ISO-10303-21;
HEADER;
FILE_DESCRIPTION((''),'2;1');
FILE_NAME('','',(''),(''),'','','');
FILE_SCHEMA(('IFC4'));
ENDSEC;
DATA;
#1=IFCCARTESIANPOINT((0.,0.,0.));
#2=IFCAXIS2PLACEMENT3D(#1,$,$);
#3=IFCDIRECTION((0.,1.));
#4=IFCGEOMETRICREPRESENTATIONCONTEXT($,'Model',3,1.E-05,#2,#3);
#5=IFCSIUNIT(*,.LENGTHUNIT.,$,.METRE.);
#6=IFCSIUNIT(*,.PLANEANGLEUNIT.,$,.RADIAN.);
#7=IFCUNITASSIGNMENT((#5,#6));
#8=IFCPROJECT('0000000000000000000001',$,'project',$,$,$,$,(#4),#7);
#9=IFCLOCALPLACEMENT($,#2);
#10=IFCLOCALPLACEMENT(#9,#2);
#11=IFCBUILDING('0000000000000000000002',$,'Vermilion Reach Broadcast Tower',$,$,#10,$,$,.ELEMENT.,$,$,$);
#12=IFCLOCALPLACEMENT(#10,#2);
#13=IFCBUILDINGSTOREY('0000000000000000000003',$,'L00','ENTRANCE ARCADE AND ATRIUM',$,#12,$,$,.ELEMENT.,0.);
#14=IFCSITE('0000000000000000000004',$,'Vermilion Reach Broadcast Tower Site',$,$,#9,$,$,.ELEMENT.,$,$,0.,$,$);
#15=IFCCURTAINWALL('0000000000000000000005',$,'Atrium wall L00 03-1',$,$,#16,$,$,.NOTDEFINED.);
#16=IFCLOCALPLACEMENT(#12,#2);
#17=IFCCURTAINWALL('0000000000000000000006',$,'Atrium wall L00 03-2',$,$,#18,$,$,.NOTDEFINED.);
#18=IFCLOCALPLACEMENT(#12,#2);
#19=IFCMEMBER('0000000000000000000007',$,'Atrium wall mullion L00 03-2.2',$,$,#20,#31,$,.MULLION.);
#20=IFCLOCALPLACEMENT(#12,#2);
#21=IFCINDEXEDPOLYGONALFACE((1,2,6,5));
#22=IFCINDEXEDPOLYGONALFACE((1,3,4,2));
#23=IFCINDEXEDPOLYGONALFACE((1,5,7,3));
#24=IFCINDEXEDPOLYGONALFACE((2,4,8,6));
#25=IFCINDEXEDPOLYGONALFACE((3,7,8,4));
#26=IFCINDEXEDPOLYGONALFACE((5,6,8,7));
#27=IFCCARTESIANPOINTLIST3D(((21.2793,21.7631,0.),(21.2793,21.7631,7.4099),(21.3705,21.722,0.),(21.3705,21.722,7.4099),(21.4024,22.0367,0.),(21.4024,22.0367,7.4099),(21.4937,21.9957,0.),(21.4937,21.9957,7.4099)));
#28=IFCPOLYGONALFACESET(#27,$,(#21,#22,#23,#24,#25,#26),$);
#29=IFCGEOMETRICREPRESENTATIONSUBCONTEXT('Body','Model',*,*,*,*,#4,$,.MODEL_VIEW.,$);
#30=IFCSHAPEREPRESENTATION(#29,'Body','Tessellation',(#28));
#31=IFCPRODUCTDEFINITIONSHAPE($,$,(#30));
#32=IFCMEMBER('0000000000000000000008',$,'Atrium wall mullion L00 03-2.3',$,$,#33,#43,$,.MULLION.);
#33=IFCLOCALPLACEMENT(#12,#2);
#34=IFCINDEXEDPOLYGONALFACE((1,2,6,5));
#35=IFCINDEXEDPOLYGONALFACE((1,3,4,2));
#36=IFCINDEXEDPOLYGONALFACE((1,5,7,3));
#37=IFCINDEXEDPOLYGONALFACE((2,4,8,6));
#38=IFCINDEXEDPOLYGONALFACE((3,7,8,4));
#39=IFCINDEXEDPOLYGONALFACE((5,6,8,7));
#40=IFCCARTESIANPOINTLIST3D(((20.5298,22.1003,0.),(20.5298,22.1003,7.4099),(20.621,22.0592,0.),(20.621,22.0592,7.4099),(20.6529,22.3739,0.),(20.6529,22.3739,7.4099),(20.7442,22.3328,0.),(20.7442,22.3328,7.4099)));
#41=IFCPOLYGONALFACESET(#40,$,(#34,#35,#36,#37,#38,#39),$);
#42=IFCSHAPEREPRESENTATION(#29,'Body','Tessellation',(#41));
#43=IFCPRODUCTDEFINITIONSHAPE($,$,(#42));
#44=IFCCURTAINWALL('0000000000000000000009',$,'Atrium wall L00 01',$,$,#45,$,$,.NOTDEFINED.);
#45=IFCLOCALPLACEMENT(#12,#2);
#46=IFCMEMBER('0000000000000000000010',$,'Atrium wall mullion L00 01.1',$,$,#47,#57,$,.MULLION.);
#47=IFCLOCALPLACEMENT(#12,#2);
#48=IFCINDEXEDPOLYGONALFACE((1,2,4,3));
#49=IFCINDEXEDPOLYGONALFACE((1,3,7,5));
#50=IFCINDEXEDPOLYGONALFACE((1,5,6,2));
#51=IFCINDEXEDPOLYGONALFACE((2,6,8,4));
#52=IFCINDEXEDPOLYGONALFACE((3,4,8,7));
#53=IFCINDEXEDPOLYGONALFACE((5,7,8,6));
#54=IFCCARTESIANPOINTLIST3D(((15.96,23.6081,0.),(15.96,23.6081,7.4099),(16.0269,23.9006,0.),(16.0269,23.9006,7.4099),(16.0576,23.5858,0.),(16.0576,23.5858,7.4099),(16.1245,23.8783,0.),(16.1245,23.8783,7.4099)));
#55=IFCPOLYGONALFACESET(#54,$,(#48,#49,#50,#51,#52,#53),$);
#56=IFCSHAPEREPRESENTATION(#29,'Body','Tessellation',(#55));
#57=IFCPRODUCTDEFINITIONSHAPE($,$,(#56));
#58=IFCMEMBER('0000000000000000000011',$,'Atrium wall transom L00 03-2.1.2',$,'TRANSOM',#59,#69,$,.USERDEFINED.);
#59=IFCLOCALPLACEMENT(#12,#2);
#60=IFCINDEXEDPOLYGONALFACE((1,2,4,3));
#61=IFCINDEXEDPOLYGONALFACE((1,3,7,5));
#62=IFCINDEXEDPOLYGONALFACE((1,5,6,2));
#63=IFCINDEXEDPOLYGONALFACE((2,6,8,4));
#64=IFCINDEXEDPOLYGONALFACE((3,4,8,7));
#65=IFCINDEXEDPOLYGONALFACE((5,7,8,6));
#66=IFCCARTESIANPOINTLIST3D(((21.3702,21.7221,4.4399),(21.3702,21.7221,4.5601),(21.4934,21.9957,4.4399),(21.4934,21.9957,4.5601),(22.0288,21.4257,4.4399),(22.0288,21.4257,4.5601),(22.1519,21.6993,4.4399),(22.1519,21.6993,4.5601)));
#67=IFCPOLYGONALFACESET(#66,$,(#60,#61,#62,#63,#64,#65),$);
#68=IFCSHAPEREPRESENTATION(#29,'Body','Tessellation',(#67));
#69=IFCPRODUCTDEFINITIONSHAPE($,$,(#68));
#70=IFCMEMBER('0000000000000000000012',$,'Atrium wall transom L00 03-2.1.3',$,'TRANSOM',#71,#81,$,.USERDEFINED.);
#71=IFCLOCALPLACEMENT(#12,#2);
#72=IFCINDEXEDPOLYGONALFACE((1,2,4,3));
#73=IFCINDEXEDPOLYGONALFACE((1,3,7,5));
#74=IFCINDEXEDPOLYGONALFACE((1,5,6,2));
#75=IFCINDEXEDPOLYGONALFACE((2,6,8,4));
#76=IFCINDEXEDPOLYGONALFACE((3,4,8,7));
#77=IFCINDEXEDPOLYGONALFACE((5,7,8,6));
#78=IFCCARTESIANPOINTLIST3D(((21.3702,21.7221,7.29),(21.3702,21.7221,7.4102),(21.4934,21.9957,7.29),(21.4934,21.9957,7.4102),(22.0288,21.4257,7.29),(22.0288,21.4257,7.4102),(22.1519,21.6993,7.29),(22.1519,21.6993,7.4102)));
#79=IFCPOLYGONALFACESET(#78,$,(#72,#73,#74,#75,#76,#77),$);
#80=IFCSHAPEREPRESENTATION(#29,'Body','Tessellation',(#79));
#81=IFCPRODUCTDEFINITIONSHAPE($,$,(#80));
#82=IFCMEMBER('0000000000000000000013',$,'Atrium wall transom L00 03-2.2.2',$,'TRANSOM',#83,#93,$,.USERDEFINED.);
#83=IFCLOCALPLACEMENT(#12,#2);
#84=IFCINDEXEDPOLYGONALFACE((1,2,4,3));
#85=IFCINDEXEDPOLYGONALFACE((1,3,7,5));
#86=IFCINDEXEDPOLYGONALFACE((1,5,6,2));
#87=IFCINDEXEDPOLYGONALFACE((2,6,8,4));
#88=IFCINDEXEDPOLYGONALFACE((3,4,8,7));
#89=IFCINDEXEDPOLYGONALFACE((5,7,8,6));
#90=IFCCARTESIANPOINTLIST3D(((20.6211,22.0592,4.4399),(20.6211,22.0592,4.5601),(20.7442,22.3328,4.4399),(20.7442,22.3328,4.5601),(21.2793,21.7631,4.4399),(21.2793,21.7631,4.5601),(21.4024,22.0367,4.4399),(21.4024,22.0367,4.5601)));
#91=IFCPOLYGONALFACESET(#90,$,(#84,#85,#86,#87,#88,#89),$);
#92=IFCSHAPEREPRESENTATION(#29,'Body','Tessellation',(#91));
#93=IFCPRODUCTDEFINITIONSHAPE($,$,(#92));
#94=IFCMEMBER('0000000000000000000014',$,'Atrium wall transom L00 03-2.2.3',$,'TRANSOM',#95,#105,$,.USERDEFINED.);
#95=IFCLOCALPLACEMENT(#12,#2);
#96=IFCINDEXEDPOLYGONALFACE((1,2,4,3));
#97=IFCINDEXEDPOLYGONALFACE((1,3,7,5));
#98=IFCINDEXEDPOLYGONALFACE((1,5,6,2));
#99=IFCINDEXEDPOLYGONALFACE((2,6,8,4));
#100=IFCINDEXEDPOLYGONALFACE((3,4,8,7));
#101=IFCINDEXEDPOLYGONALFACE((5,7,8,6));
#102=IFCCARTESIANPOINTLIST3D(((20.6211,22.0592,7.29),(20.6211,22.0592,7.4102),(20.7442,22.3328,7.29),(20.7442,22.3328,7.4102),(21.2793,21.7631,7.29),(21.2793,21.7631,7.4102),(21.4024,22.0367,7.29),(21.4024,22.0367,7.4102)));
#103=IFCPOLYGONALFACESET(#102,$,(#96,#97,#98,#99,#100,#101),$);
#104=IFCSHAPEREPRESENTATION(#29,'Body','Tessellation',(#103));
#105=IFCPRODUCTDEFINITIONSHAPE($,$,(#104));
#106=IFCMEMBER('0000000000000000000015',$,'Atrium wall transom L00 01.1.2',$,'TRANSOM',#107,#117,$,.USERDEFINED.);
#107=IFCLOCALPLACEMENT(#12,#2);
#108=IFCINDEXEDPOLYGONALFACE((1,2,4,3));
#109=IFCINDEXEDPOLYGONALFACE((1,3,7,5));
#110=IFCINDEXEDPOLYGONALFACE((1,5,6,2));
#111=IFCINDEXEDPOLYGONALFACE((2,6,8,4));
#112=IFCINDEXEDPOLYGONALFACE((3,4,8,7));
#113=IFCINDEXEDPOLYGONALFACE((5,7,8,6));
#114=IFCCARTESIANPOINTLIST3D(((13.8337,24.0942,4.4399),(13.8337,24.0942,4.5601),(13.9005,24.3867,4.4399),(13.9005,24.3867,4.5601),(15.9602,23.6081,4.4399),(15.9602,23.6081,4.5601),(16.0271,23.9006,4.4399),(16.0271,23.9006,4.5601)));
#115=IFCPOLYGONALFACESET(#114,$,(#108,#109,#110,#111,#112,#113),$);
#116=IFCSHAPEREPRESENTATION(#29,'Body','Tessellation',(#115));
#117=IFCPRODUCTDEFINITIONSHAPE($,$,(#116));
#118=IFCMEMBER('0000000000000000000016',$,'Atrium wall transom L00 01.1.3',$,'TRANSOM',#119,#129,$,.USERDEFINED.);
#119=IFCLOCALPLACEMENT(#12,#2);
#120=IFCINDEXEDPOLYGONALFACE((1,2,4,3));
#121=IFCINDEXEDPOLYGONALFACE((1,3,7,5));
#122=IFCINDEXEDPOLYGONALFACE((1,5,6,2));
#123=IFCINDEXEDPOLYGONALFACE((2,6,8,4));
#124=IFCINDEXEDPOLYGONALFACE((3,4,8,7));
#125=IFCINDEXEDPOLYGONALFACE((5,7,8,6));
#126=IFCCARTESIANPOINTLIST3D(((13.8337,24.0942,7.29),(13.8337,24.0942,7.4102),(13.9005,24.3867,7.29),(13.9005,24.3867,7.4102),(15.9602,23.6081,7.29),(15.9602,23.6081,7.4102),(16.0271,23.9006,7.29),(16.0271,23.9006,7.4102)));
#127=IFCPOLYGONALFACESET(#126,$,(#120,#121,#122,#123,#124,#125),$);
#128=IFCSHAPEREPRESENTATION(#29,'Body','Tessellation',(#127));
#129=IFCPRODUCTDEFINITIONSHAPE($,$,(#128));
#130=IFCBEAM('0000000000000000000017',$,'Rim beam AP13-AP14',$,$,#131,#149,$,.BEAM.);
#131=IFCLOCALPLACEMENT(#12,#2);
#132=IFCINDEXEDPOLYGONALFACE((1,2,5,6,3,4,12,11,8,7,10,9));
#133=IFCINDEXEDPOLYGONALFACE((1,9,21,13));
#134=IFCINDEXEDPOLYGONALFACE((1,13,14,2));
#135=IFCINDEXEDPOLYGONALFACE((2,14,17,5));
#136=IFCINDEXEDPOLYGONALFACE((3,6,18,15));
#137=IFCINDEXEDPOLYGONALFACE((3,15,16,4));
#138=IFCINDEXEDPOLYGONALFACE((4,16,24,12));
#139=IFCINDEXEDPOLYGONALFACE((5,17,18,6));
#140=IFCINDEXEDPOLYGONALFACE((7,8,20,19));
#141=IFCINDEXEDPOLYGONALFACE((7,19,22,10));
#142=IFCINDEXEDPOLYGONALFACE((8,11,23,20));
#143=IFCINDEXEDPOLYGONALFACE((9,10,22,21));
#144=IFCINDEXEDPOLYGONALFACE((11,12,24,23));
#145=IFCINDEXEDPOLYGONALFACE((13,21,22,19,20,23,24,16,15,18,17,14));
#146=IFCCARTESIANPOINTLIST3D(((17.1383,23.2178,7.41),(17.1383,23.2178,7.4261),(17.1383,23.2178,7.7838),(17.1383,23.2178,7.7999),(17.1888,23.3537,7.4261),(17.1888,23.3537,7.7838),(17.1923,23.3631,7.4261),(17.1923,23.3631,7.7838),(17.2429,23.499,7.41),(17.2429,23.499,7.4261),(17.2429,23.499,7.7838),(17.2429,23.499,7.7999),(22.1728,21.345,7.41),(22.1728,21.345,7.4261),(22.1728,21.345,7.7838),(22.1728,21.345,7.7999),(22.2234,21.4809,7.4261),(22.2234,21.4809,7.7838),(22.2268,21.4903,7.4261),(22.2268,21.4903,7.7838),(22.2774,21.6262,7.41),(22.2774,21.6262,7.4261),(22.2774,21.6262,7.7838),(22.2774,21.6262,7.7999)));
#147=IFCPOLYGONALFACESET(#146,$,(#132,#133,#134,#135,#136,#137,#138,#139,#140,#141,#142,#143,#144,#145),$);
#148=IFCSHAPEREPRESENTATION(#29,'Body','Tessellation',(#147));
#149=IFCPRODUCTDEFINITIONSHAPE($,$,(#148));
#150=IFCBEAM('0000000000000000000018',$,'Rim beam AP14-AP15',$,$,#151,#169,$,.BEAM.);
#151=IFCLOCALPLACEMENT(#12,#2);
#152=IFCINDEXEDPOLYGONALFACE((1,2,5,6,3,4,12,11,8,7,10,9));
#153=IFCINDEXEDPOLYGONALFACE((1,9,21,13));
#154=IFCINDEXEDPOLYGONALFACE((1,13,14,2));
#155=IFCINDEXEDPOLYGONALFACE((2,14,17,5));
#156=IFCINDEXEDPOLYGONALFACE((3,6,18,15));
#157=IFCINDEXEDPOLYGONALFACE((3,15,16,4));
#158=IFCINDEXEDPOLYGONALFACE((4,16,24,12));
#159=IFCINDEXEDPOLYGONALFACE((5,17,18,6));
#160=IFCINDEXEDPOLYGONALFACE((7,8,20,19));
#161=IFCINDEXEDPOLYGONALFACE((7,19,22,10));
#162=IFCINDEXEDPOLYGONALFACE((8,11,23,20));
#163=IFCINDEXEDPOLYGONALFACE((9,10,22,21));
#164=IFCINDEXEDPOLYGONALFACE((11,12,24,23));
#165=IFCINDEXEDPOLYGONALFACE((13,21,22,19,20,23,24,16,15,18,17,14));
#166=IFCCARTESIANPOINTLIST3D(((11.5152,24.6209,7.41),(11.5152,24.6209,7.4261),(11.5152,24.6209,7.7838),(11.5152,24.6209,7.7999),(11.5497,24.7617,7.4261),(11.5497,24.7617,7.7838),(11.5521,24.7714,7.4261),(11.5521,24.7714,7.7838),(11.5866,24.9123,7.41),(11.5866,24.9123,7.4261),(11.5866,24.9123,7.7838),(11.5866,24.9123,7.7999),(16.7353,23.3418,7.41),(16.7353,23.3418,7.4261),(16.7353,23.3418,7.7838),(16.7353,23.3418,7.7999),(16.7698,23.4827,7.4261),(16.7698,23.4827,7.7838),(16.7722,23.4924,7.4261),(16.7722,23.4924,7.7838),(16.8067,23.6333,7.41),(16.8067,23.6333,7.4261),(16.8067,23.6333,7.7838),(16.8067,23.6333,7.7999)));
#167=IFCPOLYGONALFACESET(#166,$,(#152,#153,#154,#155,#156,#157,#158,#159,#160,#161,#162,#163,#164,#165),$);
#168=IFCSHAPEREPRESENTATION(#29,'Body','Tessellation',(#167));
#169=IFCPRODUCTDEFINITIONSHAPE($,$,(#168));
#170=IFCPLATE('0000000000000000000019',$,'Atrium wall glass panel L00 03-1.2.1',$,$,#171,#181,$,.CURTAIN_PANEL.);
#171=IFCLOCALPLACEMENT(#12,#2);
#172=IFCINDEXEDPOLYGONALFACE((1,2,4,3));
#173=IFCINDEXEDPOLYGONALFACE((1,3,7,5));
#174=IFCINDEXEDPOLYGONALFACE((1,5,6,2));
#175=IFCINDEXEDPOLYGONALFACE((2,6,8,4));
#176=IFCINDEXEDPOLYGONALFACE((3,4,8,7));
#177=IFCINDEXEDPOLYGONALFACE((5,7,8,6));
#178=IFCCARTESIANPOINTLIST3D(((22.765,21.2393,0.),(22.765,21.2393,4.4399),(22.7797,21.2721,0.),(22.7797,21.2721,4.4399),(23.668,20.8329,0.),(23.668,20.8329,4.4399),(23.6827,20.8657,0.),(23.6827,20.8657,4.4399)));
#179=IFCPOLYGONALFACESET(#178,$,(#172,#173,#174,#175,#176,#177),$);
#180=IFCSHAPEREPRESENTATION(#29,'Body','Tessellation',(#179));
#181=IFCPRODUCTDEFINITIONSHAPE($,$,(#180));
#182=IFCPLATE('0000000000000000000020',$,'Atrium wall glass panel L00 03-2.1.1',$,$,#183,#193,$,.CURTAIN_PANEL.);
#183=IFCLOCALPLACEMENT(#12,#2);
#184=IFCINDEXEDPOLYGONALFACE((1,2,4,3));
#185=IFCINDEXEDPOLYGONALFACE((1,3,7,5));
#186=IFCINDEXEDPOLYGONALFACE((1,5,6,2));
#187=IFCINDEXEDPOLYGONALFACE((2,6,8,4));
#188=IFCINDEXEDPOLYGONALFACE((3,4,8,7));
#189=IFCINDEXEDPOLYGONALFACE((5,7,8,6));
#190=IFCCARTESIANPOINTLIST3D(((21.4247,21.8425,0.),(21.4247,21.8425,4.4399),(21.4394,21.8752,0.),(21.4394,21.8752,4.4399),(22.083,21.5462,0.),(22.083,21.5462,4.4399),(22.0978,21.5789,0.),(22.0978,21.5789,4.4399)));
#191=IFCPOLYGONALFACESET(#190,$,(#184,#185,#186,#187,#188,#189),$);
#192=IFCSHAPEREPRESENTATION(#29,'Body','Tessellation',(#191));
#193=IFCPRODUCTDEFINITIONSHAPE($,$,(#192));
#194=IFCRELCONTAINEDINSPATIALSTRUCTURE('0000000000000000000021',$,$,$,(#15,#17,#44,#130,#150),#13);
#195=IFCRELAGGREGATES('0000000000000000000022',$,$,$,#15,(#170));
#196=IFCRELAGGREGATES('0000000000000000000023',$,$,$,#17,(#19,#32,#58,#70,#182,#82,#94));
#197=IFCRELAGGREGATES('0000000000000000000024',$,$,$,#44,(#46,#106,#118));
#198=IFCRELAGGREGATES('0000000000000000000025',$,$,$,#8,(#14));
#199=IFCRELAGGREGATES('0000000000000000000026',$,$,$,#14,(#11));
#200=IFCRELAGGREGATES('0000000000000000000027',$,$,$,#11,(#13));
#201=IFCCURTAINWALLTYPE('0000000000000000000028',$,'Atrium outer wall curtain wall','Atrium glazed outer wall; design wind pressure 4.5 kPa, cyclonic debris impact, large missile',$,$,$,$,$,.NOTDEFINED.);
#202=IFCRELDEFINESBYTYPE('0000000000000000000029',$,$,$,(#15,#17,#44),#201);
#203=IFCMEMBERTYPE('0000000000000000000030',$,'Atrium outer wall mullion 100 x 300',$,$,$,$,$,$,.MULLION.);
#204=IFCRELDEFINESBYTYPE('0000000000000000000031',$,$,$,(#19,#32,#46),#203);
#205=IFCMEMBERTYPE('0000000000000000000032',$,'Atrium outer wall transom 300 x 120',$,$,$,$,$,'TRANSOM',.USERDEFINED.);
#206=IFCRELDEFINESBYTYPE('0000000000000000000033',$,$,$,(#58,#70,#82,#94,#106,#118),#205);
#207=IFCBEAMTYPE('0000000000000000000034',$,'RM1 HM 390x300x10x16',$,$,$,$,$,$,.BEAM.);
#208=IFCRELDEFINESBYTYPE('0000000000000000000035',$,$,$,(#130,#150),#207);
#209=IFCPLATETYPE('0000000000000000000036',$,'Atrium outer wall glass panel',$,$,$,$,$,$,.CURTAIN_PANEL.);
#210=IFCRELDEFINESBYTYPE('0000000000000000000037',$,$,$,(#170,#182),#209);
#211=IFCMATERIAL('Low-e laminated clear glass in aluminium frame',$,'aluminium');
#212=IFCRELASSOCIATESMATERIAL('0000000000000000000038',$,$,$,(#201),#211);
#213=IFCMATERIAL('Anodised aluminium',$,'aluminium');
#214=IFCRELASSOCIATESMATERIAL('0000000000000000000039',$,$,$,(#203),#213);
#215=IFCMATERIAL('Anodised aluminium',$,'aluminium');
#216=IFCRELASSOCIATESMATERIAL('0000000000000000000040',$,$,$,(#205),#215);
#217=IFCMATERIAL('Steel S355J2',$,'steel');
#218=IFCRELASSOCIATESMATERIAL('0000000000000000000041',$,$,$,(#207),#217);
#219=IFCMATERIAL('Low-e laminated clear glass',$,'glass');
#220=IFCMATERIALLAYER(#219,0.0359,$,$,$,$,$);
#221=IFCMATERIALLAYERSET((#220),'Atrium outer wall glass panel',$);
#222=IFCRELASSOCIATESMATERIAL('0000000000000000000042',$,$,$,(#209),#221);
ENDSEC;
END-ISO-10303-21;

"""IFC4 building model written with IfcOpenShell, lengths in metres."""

from ifc_helpers import new_model, si_unit, direction, frame, origin, origin_2d, place, context, subcontext, project, spatial, rectangle, i_section, extrude, material, layer, layer_set, material_profile, profile_set, type_object, element, aggregate, save


model = new_model("IFC4")

# Units and contexts
model_context = context("Model", 3, precision=1e-05, world=origin(), true_north=direction((0.0, 1.0)))
body_context = subcontext(model_context, "Body", "Model", "MODEL_VIEW")
ifc_project = project(units=[si_unit("LENGTHUNIT", "METRE"), si_unit("PLANEANGLEUNIT", "RADIAN")], contexts=[model_context])

# Site, building, storey
site_placement = place(None, origin())
site = spatial("IfcSite", under=ifc_project, at=site_placement, Name="Vermilion Reach Broadcast Tower Site", CompositionType="ELEMENT", RefElevation=0.0)
building_placement = place(site_placement, origin())
building = spatial("IfcBuilding", under=site, at=building_placement, Name="Vermilion Reach Broadcast Tower", CompositionType="ELEMENT")
storey_placement = place(building_placement, origin())
storey = spatial("IfcBuildingStorey", under=building, at=storey_placement, Name="L00", Description="ENTRANCE ARCADE AND ATRIUM", CompositionType="ELEMENT", Elevation=0.0)

# Curtain wall
ifc_material_1 = material(Name="Low-e laminated clear glass in aluminium frame", Category="aluminium")
curtain_wall_type = type_object("IfcCurtainWallType", Name="Atrium outer wall curtain wall", Description="Atrium glazed outer wall; design wind pressure 4.5 kPa, cyclonic debris impact, large missile", PredefinedType="NOTDEFINED", material=ifc_material_1)
placement = place(storey_placement, origin())
curtain_wall_1 = element("IfcCurtainWall", 1, at=placement, inside=storey, type_object=curtain_wall_type, Name="Atrium wall L00 03-1", PredefinedType="NOTDEFINED")
ifc_material_2 = material(Name="Anodised aluminium", Category="aluminium")
ifc_material_profile_1 = material_profile(ifc_material_2, rectangle(XDim=0.3, YDim=0.1001, at=origin_2d()), Name="Atrium outer wall mullion 100 x 300")
ifc_profile_set_1 = profile_set([ifc_material_profile_1], Name="Anodised aluminium")
member_type_1 = type_object("IfcMemberType", Name="Atrium outer wall mullion 100 x 300", PredefinedType="MULLION", material=ifc_profile_set_1)

# Curtain wall, members
curtain_wall_2 = element("IfcCurtainWall", 2, at=placement, inside=storey, type_object=curtain_wall_type, Name="Atrium wall L00 03-2", PredefinedType="NOTDEFINED")
member_1_placement = place(storey_placement, frame((21.3865, 21.8794, 0.0), z_axis=(0.0, 0.0, 1.0), x_axis=(-0.410408, -0.911902, 0.0)))
member_1 = element("IfcMember", 3, at=member_1_placement, type_object=member_type_1, Name="Atrium wall mullion L00 03-2.2", PredefinedType="MULLION", context=body_context, shape_type="SweptSolid", body=[
    extrude(rectangle(XDim=0.3, YDim=0.1001, at=origin_2d()), origin(), (0.0, 0.0, 1.0), 7.4099),
])
member_2_placement = place(storey_placement, frame((20.637, 22.2166, 0.0), z_axis=(0.0, 0.0, 1.0), x_axis=(-0.410408, -0.911902, 0.0)))
member_2 = element("IfcMember", 4, at=member_2_placement, type_object=member_type_1, Name="Atrium wall mullion L00 03-2.3", PredefinedType="MULLION", context=body_context, shape_type="SweptSolid", body=[
    extrude(rectangle(XDim=0.3, YDim=0.1001, at=origin_2d()), origin(), (0.0, 0.0, 1.0), 7.4099),
])

# Curtain wall, member
curtain_wall_3 = element("IfcCurtainWall", 5, at=placement, inside=storey, type_object=curtain_wall_type, Name="Atrium wall L00 01", PredefinedType="NOTDEFINED")
member_3_placement = place(storey_placement, frame((16.0422, 23.7432, 0.0), z_axis=(0.0, 0.0, 1.0), x_axis=(-0.222892, -0.974843, 0.0)))
member_3 = element("IfcMember", 6, at=member_3_placement, type_object=member_type_1, Name="Atrium wall mullion L00 01.1", PredefinedType="MULLION", context=body_context, shape_type="SweptSolid", body=[
    extrude(rectangle(XDim=0.3, YDim=0.1001, at=origin_2d()), origin(), (0.0, 0.0, 1.0), 7.4099),
])

# Members
ifc_material_3 = material(Name="Anodised aluminium", Category="aluminium")
ifc_material_profile_2 = material_profile(ifc_material_3, rectangle(XDim=0.3, YDim=0.1201, at=origin_2d()), Name="Atrium outer wall transom 300 x 120")
ifc_profile_set_2 = profile_set([ifc_material_profile_2], Name="Anodised aluminium")
member_type_2 = type_object("IfcMemberType", Name="Atrium outer wall transom 300 x 120", ElementType="TRANSOM", PredefinedType="USERDEFINED", material=ifc_profile_set_2)
member_4_placement = place(storey_placement, frame((22.0903, 21.5625, 4.5), z_axis=(-0.911877, 0.410463, 0.0), x_axis=(-0.410463, -0.911877, 0.0)))
member_4 = element("IfcMember", 7, at=member_4_placement, type_object=member_type_2, Name="Atrium wall transom L00 03-2.1.2", ObjectType="TRANSOM", PredefinedType="USERDEFINED", context=body_context, shape_type="SweptSolid", body=[
    extrude(rectangle(XDim=0.3, YDim=0.1201, at=origin_2d()), origin(), (0.0, 0.0, 1.0), 0.7222),
])
member_5_placement = place(storey_placement, frame((22.0903, 21.5625, 7.3501), z_axis=(-0.911877, 0.410463, 0.0), x_axis=(-0.410463, -0.911877, 0.0)))
member_5 = element("IfcMember", 8, at=member_5_placement, type_object=member_type_2, Name="Atrium wall transom L00 03-2.1.3", ObjectType="TRANSOM", PredefinedType="USERDEFINED", context=body_context, shape_type="SweptSolid", body=[
    extrude(rectangle(XDim=0.3, YDim=0.1201, at=origin_2d()), origin(), (0.0, 0.0, 1.0), 0.7222),
])
member_6_placement = place(storey_placement, frame((21.3408, 21.8999, 4.5), z_axis=(-0.911947, 0.410308, 0.0), x_axis=(-0.410308, -0.911947, 0.0)))
member_6 = element("IfcMember", 9, at=member_6_placement, type_object=member_type_2, Name="Atrium wall transom L00 03-2.2.2", ObjectType="TRANSOM", PredefinedType="USERDEFINED", context=body_context, shape_type="SweptSolid", body=[
    extrude(rectangle(XDim=0.3, YDim=0.1201, at=origin_2d()), origin(), (0.0, 0.0, 1.0), 0.7217),
])
member_7_placement = place(storey_placement, frame((21.3408, 21.8999, 7.3501), z_axis=(-0.911947, 0.410308, 0.0), x_axis=(-0.410308, -0.911947, 0.0)))
member_7 = element("IfcMember", 10, at=member_7_placement, type_object=member_type_2, Name="Atrium wall transom L00 03-2.2.3", ObjectType="TRANSOM", PredefinedType="USERDEFINED", context=body_context, shape_type="SweptSolid", body=[
    extrude(rectangle(XDim=0.3, YDim=0.1201, at=origin_2d()), origin(), (0.0, 0.0, 1.0), 0.7217),
])
member_8_placement = place(storey_placement, frame((15.9937, 23.7544, 4.5), z_axis=(-0.974855, 0.22284, 0.0), x_axis=(-0.22284, -0.974855, 0.0)))
member_8 = element("IfcMember", 11, at=member_8_placement, type_object=member_type_2, Name="Atrium wall transom L00 01.1.2", ObjectType="TRANSOM", PredefinedType="USERDEFINED", context=body_context, shape_type="SweptSolid", body=[
    extrude(rectangle(XDim=0.3, YDim=0.1201, at=origin_2d()), origin(), (0.0, 0.0, 1.0), 2.1814),
])
member_9_placement = place(storey_placement, frame((15.9937, 23.7544, 7.3501), z_axis=(-0.974855, 0.22284, 0.0), x_axis=(-0.22284, -0.974855, 0.0)))
member_9 = element("IfcMember", 12, at=member_9_placement, type_object=member_type_2, Name="Atrium wall transom L00 01.1.3", ObjectType="TRANSOM", PredefinedType="USERDEFINED", context=body_context, shape_type="SweptSolid", body=[
    extrude(rectangle(XDim=0.3, YDim=0.1201, at=origin_2d()), origin(), (0.0, 0.0, 1.0), 2.1814),
])

# Beams
ifc_material_4 = material(Name="Steel S355J2", Category="steel")
ifc_material_profile_3 = material_profile(ifc_material_4, i_section(OverallWidth=0.3, OverallDepth=0.3899, WebThickness=0.01, FlangeThickness=0.0161, at=origin_2d()), Name="S355J2 HM 390x300x10x16")
ifc_profile_set_3 = profile_set([ifc_material_profile_3], Name="Steel S355J2")
beam_type = type_object("IfcBeamType", Name="RM1 HM 390x300x10x16", PredefinedType="BEAM", material=ifc_profile_set_3)
beam_1_placement = place(storey_placement, frame((22.2251, 21.4856, 7.605), z_axis=(-0.937251, 0.348657, 0.0), x_axis=(-0.348657, -0.937251, 0.0)))
element("IfcBeam", 13, at=beam_1_placement, inside=storey, type_object=beam_type, Name="Rim beam AP13-AP14", PredefinedType="BEAM", context=body_context, shape_type="SweptSolid", body=[
    extrude(i_section(OverallWidth=0.3, OverallDepth=0.3899, WebThickness=0.01, FlangeThickness=0.0161, at=origin_2d()), origin(), (0.0, 0.0, 1.0), 5.3716),
])
beam_2_placement = place(storey_placement, frame((16.771, 23.4875, 7.605), z_axis=(-0.97127, 0.23798, 0.0), x_axis=(-0.23798, -0.97127, 0.0)))
element("IfcBeam", 14, at=beam_2_placement, inside=storey, type_object=beam_type, Name="Rim beam AP14-AP15", PredefinedType="BEAM", context=body_context, shape_type="SweptSolid", body=[
    extrude(i_section(OverallWidth=0.3, OverallDepth=0.3899, WebThickness=0.01, FlangeThickness=0.0161, at=origin_2d()), origin(), (0.0, 0.0, 1.0), 5.3745),
])

# Plates
ifc_material_5 = material(Name="Low-e laminated clear glass", Category="glass")
ifc_layer_1 = layer(ifc_material_5, 0.0359)
ifc_layer_set_1 = layer_set([ifc_layer_1], Name="Atrium outer wall glass panel")
plate_type_1 = type_object("IfcPlateType", Name="Atrium outer wall glass panel", PredefinedType="CURTAIN_PANEL", material=ifc_layer_set_1)
plate_1_placement = place(storey_placement, frame((23.2239, 21.0525, 0.0), z_axis=(0.0, 0.0, 1.0), x_axis=(-0.911902, 0.410408, 0.0)))
plate_1 = element("IfcPlate", 15, at=plate_1_placement, type_object=plate_type_1, Name="Atrium wall glass panel L00 03-1.2.1", PredefinedType="CURTAIN_PANEL", context=body_context, shape_type="SweptSolid", body=[
    extrude(rectangle(XDim=0.9902, YDim=0.0359, at=origin_2d()), origin(), (0.0, 0.0, 1.0), 4.4399),
])
aggregate(curtain_wall_1, [plate_1])
plate_2_placement = place(storey_placement, frame((21.7612, 21.7107, 0.0), z_axis=(0.0, 0.0, 1.0), x_axis=(-0.911902, 0.410408, 0.0)))
plate_2 = element("IfcPlate", 16, at=plate_2_placement, type_object=plate_type_1, Name="Atrium wall glass panel L00 03-2.1.1", PredefinedType="CURTAIN_PANEL", context=body_context, shape_type="SweptSolid", body=[
    extrude(rectangle(XDim=0.7219, YDim=0.0359, at=origin_2d()), origin(), (0.0, 0.0, 1.0), 4.4399),
])
aggregate(curtain_wall_2, [member_1, member_2, member_4, member_5, plate_2, member_6, member_7])
aggregate(curtain_wall_3, [member_3, member_8, member_9])

save(model, "model.ifc")
